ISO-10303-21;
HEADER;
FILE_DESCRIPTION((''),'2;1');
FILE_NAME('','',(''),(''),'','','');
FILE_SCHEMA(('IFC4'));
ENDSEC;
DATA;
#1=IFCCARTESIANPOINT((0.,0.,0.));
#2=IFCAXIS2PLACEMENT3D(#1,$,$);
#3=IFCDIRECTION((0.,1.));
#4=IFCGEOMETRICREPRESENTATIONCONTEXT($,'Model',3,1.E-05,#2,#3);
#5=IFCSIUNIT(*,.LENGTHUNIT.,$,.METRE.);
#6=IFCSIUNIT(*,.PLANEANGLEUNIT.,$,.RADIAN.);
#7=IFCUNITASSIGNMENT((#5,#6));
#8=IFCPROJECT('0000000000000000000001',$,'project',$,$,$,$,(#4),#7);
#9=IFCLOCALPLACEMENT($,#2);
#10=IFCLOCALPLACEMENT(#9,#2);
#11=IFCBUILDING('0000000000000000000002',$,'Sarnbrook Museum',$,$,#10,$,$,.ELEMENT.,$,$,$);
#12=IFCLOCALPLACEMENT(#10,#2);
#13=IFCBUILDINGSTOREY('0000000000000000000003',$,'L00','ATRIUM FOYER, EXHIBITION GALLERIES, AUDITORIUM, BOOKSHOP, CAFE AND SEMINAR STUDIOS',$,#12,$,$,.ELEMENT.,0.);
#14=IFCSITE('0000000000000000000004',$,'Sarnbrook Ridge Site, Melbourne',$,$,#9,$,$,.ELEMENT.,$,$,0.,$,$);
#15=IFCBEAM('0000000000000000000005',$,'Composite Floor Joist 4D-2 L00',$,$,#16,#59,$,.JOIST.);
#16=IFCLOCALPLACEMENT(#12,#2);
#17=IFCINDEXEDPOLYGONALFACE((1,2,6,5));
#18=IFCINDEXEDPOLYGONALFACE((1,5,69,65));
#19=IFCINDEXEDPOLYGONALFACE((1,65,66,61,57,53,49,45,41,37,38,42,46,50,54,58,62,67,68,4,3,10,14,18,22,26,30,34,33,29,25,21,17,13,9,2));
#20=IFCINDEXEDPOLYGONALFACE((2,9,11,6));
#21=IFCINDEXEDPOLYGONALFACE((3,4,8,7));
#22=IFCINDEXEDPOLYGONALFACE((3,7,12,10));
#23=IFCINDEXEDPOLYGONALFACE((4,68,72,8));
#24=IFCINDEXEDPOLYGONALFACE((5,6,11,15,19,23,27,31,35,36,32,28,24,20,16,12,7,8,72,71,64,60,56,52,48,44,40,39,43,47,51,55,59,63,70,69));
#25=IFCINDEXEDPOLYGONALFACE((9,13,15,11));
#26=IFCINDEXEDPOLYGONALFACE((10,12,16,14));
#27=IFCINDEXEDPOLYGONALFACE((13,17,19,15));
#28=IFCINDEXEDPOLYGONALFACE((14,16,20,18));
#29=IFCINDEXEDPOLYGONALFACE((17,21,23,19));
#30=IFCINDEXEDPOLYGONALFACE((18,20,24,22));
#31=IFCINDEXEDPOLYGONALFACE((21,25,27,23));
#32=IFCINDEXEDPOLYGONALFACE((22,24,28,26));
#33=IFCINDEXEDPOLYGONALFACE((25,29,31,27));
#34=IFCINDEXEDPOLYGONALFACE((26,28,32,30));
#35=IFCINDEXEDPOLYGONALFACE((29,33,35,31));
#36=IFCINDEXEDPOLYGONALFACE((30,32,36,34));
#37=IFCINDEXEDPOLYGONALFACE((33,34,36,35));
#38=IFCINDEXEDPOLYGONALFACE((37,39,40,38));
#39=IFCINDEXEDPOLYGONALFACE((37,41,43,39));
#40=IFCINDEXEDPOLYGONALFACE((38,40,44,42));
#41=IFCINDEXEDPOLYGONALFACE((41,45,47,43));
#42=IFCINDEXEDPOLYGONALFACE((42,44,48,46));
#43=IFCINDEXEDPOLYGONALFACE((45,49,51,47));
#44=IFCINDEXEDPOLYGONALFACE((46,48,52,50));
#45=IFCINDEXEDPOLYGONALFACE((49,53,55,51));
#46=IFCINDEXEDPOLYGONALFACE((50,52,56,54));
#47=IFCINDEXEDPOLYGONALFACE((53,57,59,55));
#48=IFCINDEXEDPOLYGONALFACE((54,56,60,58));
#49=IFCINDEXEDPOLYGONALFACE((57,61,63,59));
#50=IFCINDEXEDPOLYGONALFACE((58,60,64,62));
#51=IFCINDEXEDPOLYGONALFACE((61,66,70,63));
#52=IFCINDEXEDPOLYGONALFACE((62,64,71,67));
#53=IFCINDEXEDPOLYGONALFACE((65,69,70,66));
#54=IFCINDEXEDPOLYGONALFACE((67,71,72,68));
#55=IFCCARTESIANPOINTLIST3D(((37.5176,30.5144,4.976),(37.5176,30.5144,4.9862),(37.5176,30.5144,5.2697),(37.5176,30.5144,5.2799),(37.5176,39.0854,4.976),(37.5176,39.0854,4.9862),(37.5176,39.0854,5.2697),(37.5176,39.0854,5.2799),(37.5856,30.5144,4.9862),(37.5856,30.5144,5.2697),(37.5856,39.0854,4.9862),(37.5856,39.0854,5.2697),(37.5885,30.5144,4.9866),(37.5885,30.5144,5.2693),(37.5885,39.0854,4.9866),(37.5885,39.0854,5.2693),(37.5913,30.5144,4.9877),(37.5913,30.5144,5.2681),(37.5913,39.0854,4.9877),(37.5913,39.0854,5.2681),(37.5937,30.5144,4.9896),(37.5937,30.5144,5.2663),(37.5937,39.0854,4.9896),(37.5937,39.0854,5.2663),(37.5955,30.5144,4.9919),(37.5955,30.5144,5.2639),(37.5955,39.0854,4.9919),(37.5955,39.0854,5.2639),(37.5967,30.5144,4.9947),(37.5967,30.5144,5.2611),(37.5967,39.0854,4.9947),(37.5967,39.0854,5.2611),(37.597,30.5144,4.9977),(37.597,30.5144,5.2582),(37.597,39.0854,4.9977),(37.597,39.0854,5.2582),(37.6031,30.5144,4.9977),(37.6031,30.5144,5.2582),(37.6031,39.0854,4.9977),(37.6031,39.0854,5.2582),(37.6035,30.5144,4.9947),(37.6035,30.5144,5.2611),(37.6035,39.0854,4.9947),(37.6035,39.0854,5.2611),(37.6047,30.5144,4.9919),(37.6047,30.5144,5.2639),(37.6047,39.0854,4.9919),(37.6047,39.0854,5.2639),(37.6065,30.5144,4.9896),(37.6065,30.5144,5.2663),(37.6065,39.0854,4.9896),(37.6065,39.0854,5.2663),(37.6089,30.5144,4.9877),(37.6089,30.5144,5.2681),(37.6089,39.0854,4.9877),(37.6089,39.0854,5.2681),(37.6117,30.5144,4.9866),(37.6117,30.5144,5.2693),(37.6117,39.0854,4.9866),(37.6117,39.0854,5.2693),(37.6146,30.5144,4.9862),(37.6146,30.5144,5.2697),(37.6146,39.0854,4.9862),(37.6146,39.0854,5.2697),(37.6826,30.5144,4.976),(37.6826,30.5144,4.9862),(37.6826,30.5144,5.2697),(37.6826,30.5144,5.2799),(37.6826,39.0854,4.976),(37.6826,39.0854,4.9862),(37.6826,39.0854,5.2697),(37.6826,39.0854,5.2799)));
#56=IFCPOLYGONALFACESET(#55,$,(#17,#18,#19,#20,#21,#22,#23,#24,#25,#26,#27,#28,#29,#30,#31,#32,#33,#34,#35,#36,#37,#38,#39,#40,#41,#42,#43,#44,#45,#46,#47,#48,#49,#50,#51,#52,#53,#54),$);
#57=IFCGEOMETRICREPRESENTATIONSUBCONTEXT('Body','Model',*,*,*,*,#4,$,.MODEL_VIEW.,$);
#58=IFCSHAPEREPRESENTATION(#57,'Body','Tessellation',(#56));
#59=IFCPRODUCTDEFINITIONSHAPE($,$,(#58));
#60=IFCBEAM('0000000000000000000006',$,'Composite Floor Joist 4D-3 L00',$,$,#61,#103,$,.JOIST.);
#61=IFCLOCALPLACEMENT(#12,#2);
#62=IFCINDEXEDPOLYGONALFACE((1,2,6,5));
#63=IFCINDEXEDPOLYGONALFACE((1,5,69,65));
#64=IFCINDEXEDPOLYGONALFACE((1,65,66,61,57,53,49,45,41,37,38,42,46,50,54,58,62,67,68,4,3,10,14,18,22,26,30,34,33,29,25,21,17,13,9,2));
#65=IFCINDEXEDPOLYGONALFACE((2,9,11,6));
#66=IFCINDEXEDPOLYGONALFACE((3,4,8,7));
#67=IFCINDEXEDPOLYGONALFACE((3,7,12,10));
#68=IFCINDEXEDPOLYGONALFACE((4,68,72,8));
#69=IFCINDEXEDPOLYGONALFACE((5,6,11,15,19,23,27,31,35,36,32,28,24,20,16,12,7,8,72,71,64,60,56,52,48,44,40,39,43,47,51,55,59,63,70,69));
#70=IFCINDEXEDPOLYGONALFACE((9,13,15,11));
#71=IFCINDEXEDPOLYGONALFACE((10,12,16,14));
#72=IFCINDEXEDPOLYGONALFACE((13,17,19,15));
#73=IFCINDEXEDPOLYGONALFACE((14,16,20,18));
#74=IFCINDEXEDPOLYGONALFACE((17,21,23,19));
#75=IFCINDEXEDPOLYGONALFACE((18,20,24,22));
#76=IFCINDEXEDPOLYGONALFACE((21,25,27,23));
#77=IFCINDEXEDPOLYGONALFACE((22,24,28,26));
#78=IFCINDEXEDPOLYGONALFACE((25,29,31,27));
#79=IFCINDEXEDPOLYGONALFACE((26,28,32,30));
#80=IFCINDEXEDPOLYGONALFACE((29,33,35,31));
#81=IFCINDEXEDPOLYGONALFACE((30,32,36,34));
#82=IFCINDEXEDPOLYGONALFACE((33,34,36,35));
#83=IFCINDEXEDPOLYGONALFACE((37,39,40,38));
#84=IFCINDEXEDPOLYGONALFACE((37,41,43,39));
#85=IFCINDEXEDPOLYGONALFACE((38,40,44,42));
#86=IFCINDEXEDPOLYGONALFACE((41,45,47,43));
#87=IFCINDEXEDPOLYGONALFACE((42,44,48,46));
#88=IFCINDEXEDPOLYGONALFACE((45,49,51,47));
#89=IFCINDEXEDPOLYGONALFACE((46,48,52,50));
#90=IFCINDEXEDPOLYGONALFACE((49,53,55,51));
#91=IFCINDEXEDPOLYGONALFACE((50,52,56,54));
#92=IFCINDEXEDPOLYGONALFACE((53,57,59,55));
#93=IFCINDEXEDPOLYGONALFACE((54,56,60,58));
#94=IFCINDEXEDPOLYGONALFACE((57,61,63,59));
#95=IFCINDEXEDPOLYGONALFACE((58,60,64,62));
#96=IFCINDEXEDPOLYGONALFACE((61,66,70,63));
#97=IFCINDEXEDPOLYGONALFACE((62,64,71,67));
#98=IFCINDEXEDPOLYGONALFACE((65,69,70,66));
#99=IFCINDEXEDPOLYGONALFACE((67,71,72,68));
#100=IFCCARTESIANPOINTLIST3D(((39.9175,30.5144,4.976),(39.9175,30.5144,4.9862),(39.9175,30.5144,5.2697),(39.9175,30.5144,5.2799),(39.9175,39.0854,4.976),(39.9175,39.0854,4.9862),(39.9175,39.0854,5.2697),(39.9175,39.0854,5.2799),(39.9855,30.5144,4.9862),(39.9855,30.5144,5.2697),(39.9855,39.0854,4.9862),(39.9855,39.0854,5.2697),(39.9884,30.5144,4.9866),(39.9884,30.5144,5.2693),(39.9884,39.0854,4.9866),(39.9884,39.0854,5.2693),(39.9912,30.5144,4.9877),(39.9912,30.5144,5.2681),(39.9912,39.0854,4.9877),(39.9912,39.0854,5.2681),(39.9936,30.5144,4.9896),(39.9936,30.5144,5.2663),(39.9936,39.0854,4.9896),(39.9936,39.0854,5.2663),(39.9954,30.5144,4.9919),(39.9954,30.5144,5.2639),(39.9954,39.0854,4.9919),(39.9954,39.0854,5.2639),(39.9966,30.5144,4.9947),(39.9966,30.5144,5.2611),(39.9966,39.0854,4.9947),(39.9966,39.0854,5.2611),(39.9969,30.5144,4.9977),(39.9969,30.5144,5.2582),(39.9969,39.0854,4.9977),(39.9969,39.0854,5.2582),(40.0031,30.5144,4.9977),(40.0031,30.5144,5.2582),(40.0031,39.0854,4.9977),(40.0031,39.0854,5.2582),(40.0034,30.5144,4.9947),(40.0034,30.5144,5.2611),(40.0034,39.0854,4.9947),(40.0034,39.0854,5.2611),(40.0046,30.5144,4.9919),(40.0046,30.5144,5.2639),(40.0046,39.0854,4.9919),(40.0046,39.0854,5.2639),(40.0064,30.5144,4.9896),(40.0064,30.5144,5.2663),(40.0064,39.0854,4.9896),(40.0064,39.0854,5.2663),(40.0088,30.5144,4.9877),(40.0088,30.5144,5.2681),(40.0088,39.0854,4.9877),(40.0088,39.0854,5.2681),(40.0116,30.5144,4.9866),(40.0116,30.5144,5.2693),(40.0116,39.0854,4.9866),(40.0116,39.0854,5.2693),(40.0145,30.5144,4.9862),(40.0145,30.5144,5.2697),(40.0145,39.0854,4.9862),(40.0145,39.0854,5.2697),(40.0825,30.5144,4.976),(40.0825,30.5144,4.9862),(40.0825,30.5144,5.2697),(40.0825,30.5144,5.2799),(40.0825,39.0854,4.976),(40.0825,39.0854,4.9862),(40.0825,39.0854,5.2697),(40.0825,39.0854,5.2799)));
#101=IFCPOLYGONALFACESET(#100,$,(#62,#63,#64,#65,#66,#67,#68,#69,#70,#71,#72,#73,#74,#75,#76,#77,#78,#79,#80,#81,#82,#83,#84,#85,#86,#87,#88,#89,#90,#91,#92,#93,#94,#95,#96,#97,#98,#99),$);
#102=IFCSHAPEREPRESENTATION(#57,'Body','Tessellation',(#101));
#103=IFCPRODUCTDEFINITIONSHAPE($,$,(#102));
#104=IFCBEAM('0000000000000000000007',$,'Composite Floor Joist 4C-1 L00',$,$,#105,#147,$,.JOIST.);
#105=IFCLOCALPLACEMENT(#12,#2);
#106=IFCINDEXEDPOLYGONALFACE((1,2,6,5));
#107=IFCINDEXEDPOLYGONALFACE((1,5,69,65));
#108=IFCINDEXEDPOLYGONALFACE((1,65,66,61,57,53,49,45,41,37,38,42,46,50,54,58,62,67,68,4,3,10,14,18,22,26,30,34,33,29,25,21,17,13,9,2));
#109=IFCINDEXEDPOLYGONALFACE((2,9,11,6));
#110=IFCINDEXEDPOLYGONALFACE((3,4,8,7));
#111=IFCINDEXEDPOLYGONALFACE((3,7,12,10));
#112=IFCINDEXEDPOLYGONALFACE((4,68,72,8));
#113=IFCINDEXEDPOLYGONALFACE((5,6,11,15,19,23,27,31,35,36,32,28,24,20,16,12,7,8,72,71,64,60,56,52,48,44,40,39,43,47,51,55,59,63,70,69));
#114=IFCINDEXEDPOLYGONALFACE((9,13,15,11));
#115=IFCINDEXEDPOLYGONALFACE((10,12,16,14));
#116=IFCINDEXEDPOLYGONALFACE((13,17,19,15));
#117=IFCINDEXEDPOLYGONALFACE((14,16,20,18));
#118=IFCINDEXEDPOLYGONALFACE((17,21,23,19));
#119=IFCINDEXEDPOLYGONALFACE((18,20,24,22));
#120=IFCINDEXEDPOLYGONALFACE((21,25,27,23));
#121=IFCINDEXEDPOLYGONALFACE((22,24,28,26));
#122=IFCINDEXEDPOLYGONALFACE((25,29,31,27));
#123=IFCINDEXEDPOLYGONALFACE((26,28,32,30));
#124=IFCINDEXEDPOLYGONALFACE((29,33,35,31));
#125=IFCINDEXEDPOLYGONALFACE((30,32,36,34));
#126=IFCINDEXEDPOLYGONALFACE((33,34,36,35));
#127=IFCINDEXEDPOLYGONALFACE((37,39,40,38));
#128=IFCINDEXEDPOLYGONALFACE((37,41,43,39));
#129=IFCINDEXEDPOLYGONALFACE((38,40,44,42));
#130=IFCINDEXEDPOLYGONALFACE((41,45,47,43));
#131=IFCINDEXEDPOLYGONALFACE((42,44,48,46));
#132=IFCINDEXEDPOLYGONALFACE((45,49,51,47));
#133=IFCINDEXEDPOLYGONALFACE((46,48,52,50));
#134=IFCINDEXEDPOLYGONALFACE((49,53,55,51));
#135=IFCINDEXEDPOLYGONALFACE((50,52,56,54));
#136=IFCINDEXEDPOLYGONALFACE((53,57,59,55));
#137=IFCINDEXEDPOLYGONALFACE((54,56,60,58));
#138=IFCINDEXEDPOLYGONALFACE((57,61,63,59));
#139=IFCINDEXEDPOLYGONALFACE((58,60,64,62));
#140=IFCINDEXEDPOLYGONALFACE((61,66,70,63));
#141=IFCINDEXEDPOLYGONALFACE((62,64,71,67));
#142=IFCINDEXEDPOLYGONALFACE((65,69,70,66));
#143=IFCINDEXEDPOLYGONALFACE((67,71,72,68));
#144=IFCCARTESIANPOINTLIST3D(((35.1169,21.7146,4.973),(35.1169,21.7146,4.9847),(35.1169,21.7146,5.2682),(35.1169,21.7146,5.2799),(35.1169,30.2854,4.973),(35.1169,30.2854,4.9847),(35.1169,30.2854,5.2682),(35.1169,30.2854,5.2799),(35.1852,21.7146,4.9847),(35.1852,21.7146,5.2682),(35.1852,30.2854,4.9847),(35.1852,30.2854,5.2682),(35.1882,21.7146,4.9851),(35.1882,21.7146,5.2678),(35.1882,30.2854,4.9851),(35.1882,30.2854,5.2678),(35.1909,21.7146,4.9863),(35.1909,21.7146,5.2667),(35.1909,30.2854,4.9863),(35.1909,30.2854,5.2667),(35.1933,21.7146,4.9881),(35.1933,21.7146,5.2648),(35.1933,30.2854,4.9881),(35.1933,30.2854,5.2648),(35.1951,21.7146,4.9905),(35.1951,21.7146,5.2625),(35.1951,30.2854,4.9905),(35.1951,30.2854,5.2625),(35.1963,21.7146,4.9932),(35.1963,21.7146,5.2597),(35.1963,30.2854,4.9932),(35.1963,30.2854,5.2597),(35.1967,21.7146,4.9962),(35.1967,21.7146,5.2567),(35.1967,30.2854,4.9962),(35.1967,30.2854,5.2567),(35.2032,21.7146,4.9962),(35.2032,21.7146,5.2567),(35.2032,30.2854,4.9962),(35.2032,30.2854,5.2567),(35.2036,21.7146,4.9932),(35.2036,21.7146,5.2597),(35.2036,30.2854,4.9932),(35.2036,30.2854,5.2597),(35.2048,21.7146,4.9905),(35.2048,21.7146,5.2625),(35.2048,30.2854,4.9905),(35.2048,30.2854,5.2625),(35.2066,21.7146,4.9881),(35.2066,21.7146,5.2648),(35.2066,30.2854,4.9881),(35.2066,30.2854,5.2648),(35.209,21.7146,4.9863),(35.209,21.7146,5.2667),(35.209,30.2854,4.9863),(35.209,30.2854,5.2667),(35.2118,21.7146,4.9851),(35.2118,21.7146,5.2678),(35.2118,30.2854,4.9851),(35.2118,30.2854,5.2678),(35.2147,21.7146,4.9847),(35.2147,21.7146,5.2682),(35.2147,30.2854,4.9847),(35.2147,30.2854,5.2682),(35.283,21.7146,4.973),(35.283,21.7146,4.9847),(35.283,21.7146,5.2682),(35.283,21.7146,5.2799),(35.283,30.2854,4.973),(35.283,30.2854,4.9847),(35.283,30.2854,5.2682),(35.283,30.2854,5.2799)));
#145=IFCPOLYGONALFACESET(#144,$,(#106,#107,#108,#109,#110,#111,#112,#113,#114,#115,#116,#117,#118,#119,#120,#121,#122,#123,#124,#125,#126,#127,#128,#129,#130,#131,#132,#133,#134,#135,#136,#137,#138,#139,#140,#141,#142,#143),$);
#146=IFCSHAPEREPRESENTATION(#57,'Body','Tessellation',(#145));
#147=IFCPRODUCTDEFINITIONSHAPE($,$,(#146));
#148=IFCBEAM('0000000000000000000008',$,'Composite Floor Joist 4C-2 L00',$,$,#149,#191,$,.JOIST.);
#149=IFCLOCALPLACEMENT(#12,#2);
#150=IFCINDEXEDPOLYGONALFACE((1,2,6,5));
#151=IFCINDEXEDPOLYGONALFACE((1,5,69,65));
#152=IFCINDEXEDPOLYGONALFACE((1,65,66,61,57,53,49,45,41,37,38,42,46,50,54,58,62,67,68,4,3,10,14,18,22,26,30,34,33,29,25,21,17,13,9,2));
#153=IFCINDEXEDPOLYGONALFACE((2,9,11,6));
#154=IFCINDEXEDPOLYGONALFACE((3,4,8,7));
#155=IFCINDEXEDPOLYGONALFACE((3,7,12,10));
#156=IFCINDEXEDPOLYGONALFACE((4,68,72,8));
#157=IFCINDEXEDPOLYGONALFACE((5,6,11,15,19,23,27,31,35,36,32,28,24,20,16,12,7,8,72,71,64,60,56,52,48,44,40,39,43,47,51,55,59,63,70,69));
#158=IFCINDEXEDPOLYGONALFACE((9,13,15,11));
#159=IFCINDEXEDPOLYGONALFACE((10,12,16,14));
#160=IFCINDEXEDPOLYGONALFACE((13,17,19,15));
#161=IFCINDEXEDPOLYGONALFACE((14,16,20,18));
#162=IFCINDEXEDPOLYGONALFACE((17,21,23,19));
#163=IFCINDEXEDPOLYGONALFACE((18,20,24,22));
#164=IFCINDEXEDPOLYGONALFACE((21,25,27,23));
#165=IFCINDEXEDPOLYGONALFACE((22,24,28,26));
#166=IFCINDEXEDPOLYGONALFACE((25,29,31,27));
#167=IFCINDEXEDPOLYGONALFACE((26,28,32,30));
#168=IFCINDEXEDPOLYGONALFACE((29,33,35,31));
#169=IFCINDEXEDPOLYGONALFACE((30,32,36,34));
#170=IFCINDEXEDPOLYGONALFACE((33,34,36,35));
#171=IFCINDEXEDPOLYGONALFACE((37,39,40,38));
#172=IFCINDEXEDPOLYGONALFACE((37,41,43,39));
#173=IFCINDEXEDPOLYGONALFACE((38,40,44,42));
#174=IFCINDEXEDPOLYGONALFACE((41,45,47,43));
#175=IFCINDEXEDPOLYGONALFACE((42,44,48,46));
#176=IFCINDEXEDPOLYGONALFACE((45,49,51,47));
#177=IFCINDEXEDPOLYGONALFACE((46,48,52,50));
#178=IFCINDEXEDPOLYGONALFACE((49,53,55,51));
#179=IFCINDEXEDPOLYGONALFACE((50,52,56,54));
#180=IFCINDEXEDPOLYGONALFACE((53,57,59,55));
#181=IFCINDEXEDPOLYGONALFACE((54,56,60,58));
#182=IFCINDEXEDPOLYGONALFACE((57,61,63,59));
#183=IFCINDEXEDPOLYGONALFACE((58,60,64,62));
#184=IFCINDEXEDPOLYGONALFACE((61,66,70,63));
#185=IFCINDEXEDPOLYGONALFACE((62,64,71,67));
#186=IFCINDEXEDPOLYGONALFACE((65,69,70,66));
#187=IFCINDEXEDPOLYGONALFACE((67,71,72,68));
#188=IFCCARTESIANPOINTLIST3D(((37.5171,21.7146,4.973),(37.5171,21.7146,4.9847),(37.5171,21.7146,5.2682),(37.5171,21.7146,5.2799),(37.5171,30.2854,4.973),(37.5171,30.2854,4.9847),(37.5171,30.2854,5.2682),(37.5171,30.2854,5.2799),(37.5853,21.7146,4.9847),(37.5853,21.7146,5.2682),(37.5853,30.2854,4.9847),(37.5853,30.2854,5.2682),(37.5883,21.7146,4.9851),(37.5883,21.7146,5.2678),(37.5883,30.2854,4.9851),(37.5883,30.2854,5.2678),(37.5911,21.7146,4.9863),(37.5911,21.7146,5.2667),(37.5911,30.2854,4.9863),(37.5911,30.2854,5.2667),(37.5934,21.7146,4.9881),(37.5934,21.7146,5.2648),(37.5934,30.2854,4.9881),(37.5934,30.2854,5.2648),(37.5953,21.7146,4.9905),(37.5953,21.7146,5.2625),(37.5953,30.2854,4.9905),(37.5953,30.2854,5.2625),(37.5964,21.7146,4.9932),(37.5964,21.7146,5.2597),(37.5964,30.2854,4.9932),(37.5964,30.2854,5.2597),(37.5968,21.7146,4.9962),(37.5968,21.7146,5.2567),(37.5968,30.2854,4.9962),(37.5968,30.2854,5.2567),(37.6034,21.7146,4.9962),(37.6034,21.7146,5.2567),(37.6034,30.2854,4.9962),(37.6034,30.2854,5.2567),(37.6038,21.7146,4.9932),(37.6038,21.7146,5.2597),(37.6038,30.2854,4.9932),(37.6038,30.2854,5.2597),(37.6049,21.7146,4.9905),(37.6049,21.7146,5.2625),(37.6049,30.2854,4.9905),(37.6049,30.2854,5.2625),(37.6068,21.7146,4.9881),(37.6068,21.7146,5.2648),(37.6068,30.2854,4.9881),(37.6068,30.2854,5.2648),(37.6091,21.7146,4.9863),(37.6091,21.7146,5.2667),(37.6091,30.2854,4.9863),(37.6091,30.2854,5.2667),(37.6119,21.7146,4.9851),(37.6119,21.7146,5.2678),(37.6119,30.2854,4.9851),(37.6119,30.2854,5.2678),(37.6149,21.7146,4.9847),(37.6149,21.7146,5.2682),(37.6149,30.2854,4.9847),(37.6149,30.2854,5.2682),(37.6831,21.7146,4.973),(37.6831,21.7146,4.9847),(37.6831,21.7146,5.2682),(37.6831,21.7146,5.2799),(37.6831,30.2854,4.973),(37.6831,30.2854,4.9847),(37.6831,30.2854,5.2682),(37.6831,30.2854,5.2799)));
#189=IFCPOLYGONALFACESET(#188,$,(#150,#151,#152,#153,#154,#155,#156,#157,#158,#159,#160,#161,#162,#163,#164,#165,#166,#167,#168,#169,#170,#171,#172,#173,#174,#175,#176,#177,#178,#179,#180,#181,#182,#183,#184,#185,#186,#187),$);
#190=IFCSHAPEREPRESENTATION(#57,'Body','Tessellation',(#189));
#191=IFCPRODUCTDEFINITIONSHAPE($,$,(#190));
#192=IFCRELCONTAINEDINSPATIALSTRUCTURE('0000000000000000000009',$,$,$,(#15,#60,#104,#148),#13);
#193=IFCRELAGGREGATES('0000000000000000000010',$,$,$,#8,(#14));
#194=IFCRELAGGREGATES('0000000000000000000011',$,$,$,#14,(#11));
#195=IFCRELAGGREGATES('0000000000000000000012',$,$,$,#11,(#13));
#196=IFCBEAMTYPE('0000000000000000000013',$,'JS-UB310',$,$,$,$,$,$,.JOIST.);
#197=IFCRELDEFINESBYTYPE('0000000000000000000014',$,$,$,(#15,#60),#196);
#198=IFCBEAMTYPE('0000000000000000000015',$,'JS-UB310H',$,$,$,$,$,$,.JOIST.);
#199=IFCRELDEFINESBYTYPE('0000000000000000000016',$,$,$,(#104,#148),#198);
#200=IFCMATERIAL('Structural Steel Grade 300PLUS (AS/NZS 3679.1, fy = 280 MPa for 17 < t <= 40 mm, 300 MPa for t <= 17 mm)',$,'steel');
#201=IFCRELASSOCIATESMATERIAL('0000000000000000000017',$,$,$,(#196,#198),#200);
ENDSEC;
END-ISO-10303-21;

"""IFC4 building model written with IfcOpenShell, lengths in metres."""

from ifc_helpers import new_model, si_unit, direction, frame, origin, origin_2d, place, context, subcontext, project, spatial, i_section, extrude, material, material_profile, profile_set, type_object, element, save


model = new_model("IFC4")

# Units and contexts
model_context = context("Model", 3, precision=1e-05, world=origin(), true_north=direction((0.0, 1.0)))
body_context = subcontext(model_context, "Body", "Model", "MODEL_VIEW")
ifc_project = project(units=[si_unit("LENGTHUNIT", "METRE"), si_unit("PLANEANGLEUNIT", "RADIAN")], contexts=[model_context])

# Site, building, storey
site_placement = place(None, origin())
site = spatial("IfcSite", under=ifc_project, at=site_placement, Name="Sarnbrook Ridge Site, Melbourne", CompositionType="ELEMENT", RefElevation=0.0)
building_placement = place(site_placement, origin())
building = spatial("IfcBuilding", under=site, at=building_placement, Name="Sarnbrook Museum", CompositionType="ELEMENT")
storey_placement = place(building_placement, origin())
storey = spatial("IfcBuildingStorey", under=building, at=storey_placement, Name="L00", Description="ATRIUM FOYER, EXHIBITION GALLERIES, AUDITORIUM, BOOKSHOP, CAFE AND SEMINAR STUDIOS", CompositionType="ELEMENT", Elevation=0.0)

# Shared definitions
ifc_material = material(Name="Structural Steel Grade 300PLUS (AS/NZS 3679.1, fy = 280 MPa for 17 < t <= 40 mm, 300 MPa for t <= 17 mm)", Category="steel")

# Beams
ifc_material_profile_1 = material_profile(ifc_material, i_section(OverallWidth=0.165, OverallDepth=0.304, WebThickness=0.0061, FlangeThickness=0.0103, FilletRadius=0.0115, at=origin_2d()), Name="310UB40.4")
ifc_profile_set_1 = profile_set([ifc_material_profile_1], Name="Structural Steel Grade 300PLUS (AS/NZS 3679.1, fy = 280 MPa for 17 < t <= 40 mm, 300 MPa for t <= 17 mm)")
beam_type_1 = type_object("IfcBeamType", Name="JS-UB310", PredefinedType="JOIST", material=ifc_profile_set_1)
for number, where, z_axis, x_axis, name in (
    (1, (37.6001, 30.5144, 5.1279), (0.0, 1.0, 0.0), (-1.0, 0.0, 0.0), "Composite Floor Joist 4D-2 L00"),
    (2, (40.0, 30.5144, 5.1279), (0.0, 1.0, 0.0), (-1.0, 0.0, 0.0), "Composite Floor Joist 4D-3 L00"),
):
    element("IfcBeam", number, at=place(storey_placement, frame(where, z_axis=z_axis, x_axis=x_axis)), inside=storey, type_object=beam_type_1, Name=name, PredefinedType="JOIST", context=body_context, shape_type="SweptSolid", body=[
        extrude(i_section(OverallWidth=0.165, OverallDepth=0.304, WebThickness=0.0061, FlangeThickness=0.0103, FilletRadius=0.0115, at=origin_2d()), origin(), (0.0, 0.0, 1.0), 8.571),
    ])
ifc_material_profile_2 = material_profile(ifc_material, i_section(OverallWidth=0.166, OverallDepth=0.3069, WebThickness=0.0066, FlangeThickness=0.0117, FilletRadius=0.0115, at=origin_2d()), Name="310UB46.2")
ifc_profile_set_2 = profile_set([ifc_material_profile_2], Name="Structural Steel Grade 300PLUS (AS/NZS 3679.1, fy = 280 MPa for 17 < t <= 40 mm, 300 MPa for t <= 17 mm)")
beam_type_2 = type_object("IfcBeamType", Name="JS-UB310H", PredefinedType="JOIST", material=ifc_profile_set_2)
for number, where, z_axis, x_axis, name in (
    (3, (35.2, 21.7146, 5.1265), (0.0, 1.0, 0.0), (-1.0, 0.0, 0.0), "Composite Floor Joist 4C-1 L00"),
    (4, (37.6001, 21.7146, 5.1265), (0.0, 1.0, 0.0), (-1.0, 0.0, 0.0), "Composite Floor Joist 4C-2 L00"),
):
    element("IfcBeam", number, at=place(storey_placement, frame(where, z_axis=z_axis, x_axis=x_axis)), inside=storey, type_object=beam_type_2, Name=name, PredefinedType="JOIST", context=body_context, shape_type="SweptSolid", body=[
        extrude(i_section(OverallWidth=0.166, OverallDepth=0.3069, WebThickness=0.0066, FlangeThickness=0.0117, FilletRadius=0.0115, at=origin_2d()), origin(), (0.0, 0.0, 1.0), 8.5708),
    ])

save(model, "model.ifc")
